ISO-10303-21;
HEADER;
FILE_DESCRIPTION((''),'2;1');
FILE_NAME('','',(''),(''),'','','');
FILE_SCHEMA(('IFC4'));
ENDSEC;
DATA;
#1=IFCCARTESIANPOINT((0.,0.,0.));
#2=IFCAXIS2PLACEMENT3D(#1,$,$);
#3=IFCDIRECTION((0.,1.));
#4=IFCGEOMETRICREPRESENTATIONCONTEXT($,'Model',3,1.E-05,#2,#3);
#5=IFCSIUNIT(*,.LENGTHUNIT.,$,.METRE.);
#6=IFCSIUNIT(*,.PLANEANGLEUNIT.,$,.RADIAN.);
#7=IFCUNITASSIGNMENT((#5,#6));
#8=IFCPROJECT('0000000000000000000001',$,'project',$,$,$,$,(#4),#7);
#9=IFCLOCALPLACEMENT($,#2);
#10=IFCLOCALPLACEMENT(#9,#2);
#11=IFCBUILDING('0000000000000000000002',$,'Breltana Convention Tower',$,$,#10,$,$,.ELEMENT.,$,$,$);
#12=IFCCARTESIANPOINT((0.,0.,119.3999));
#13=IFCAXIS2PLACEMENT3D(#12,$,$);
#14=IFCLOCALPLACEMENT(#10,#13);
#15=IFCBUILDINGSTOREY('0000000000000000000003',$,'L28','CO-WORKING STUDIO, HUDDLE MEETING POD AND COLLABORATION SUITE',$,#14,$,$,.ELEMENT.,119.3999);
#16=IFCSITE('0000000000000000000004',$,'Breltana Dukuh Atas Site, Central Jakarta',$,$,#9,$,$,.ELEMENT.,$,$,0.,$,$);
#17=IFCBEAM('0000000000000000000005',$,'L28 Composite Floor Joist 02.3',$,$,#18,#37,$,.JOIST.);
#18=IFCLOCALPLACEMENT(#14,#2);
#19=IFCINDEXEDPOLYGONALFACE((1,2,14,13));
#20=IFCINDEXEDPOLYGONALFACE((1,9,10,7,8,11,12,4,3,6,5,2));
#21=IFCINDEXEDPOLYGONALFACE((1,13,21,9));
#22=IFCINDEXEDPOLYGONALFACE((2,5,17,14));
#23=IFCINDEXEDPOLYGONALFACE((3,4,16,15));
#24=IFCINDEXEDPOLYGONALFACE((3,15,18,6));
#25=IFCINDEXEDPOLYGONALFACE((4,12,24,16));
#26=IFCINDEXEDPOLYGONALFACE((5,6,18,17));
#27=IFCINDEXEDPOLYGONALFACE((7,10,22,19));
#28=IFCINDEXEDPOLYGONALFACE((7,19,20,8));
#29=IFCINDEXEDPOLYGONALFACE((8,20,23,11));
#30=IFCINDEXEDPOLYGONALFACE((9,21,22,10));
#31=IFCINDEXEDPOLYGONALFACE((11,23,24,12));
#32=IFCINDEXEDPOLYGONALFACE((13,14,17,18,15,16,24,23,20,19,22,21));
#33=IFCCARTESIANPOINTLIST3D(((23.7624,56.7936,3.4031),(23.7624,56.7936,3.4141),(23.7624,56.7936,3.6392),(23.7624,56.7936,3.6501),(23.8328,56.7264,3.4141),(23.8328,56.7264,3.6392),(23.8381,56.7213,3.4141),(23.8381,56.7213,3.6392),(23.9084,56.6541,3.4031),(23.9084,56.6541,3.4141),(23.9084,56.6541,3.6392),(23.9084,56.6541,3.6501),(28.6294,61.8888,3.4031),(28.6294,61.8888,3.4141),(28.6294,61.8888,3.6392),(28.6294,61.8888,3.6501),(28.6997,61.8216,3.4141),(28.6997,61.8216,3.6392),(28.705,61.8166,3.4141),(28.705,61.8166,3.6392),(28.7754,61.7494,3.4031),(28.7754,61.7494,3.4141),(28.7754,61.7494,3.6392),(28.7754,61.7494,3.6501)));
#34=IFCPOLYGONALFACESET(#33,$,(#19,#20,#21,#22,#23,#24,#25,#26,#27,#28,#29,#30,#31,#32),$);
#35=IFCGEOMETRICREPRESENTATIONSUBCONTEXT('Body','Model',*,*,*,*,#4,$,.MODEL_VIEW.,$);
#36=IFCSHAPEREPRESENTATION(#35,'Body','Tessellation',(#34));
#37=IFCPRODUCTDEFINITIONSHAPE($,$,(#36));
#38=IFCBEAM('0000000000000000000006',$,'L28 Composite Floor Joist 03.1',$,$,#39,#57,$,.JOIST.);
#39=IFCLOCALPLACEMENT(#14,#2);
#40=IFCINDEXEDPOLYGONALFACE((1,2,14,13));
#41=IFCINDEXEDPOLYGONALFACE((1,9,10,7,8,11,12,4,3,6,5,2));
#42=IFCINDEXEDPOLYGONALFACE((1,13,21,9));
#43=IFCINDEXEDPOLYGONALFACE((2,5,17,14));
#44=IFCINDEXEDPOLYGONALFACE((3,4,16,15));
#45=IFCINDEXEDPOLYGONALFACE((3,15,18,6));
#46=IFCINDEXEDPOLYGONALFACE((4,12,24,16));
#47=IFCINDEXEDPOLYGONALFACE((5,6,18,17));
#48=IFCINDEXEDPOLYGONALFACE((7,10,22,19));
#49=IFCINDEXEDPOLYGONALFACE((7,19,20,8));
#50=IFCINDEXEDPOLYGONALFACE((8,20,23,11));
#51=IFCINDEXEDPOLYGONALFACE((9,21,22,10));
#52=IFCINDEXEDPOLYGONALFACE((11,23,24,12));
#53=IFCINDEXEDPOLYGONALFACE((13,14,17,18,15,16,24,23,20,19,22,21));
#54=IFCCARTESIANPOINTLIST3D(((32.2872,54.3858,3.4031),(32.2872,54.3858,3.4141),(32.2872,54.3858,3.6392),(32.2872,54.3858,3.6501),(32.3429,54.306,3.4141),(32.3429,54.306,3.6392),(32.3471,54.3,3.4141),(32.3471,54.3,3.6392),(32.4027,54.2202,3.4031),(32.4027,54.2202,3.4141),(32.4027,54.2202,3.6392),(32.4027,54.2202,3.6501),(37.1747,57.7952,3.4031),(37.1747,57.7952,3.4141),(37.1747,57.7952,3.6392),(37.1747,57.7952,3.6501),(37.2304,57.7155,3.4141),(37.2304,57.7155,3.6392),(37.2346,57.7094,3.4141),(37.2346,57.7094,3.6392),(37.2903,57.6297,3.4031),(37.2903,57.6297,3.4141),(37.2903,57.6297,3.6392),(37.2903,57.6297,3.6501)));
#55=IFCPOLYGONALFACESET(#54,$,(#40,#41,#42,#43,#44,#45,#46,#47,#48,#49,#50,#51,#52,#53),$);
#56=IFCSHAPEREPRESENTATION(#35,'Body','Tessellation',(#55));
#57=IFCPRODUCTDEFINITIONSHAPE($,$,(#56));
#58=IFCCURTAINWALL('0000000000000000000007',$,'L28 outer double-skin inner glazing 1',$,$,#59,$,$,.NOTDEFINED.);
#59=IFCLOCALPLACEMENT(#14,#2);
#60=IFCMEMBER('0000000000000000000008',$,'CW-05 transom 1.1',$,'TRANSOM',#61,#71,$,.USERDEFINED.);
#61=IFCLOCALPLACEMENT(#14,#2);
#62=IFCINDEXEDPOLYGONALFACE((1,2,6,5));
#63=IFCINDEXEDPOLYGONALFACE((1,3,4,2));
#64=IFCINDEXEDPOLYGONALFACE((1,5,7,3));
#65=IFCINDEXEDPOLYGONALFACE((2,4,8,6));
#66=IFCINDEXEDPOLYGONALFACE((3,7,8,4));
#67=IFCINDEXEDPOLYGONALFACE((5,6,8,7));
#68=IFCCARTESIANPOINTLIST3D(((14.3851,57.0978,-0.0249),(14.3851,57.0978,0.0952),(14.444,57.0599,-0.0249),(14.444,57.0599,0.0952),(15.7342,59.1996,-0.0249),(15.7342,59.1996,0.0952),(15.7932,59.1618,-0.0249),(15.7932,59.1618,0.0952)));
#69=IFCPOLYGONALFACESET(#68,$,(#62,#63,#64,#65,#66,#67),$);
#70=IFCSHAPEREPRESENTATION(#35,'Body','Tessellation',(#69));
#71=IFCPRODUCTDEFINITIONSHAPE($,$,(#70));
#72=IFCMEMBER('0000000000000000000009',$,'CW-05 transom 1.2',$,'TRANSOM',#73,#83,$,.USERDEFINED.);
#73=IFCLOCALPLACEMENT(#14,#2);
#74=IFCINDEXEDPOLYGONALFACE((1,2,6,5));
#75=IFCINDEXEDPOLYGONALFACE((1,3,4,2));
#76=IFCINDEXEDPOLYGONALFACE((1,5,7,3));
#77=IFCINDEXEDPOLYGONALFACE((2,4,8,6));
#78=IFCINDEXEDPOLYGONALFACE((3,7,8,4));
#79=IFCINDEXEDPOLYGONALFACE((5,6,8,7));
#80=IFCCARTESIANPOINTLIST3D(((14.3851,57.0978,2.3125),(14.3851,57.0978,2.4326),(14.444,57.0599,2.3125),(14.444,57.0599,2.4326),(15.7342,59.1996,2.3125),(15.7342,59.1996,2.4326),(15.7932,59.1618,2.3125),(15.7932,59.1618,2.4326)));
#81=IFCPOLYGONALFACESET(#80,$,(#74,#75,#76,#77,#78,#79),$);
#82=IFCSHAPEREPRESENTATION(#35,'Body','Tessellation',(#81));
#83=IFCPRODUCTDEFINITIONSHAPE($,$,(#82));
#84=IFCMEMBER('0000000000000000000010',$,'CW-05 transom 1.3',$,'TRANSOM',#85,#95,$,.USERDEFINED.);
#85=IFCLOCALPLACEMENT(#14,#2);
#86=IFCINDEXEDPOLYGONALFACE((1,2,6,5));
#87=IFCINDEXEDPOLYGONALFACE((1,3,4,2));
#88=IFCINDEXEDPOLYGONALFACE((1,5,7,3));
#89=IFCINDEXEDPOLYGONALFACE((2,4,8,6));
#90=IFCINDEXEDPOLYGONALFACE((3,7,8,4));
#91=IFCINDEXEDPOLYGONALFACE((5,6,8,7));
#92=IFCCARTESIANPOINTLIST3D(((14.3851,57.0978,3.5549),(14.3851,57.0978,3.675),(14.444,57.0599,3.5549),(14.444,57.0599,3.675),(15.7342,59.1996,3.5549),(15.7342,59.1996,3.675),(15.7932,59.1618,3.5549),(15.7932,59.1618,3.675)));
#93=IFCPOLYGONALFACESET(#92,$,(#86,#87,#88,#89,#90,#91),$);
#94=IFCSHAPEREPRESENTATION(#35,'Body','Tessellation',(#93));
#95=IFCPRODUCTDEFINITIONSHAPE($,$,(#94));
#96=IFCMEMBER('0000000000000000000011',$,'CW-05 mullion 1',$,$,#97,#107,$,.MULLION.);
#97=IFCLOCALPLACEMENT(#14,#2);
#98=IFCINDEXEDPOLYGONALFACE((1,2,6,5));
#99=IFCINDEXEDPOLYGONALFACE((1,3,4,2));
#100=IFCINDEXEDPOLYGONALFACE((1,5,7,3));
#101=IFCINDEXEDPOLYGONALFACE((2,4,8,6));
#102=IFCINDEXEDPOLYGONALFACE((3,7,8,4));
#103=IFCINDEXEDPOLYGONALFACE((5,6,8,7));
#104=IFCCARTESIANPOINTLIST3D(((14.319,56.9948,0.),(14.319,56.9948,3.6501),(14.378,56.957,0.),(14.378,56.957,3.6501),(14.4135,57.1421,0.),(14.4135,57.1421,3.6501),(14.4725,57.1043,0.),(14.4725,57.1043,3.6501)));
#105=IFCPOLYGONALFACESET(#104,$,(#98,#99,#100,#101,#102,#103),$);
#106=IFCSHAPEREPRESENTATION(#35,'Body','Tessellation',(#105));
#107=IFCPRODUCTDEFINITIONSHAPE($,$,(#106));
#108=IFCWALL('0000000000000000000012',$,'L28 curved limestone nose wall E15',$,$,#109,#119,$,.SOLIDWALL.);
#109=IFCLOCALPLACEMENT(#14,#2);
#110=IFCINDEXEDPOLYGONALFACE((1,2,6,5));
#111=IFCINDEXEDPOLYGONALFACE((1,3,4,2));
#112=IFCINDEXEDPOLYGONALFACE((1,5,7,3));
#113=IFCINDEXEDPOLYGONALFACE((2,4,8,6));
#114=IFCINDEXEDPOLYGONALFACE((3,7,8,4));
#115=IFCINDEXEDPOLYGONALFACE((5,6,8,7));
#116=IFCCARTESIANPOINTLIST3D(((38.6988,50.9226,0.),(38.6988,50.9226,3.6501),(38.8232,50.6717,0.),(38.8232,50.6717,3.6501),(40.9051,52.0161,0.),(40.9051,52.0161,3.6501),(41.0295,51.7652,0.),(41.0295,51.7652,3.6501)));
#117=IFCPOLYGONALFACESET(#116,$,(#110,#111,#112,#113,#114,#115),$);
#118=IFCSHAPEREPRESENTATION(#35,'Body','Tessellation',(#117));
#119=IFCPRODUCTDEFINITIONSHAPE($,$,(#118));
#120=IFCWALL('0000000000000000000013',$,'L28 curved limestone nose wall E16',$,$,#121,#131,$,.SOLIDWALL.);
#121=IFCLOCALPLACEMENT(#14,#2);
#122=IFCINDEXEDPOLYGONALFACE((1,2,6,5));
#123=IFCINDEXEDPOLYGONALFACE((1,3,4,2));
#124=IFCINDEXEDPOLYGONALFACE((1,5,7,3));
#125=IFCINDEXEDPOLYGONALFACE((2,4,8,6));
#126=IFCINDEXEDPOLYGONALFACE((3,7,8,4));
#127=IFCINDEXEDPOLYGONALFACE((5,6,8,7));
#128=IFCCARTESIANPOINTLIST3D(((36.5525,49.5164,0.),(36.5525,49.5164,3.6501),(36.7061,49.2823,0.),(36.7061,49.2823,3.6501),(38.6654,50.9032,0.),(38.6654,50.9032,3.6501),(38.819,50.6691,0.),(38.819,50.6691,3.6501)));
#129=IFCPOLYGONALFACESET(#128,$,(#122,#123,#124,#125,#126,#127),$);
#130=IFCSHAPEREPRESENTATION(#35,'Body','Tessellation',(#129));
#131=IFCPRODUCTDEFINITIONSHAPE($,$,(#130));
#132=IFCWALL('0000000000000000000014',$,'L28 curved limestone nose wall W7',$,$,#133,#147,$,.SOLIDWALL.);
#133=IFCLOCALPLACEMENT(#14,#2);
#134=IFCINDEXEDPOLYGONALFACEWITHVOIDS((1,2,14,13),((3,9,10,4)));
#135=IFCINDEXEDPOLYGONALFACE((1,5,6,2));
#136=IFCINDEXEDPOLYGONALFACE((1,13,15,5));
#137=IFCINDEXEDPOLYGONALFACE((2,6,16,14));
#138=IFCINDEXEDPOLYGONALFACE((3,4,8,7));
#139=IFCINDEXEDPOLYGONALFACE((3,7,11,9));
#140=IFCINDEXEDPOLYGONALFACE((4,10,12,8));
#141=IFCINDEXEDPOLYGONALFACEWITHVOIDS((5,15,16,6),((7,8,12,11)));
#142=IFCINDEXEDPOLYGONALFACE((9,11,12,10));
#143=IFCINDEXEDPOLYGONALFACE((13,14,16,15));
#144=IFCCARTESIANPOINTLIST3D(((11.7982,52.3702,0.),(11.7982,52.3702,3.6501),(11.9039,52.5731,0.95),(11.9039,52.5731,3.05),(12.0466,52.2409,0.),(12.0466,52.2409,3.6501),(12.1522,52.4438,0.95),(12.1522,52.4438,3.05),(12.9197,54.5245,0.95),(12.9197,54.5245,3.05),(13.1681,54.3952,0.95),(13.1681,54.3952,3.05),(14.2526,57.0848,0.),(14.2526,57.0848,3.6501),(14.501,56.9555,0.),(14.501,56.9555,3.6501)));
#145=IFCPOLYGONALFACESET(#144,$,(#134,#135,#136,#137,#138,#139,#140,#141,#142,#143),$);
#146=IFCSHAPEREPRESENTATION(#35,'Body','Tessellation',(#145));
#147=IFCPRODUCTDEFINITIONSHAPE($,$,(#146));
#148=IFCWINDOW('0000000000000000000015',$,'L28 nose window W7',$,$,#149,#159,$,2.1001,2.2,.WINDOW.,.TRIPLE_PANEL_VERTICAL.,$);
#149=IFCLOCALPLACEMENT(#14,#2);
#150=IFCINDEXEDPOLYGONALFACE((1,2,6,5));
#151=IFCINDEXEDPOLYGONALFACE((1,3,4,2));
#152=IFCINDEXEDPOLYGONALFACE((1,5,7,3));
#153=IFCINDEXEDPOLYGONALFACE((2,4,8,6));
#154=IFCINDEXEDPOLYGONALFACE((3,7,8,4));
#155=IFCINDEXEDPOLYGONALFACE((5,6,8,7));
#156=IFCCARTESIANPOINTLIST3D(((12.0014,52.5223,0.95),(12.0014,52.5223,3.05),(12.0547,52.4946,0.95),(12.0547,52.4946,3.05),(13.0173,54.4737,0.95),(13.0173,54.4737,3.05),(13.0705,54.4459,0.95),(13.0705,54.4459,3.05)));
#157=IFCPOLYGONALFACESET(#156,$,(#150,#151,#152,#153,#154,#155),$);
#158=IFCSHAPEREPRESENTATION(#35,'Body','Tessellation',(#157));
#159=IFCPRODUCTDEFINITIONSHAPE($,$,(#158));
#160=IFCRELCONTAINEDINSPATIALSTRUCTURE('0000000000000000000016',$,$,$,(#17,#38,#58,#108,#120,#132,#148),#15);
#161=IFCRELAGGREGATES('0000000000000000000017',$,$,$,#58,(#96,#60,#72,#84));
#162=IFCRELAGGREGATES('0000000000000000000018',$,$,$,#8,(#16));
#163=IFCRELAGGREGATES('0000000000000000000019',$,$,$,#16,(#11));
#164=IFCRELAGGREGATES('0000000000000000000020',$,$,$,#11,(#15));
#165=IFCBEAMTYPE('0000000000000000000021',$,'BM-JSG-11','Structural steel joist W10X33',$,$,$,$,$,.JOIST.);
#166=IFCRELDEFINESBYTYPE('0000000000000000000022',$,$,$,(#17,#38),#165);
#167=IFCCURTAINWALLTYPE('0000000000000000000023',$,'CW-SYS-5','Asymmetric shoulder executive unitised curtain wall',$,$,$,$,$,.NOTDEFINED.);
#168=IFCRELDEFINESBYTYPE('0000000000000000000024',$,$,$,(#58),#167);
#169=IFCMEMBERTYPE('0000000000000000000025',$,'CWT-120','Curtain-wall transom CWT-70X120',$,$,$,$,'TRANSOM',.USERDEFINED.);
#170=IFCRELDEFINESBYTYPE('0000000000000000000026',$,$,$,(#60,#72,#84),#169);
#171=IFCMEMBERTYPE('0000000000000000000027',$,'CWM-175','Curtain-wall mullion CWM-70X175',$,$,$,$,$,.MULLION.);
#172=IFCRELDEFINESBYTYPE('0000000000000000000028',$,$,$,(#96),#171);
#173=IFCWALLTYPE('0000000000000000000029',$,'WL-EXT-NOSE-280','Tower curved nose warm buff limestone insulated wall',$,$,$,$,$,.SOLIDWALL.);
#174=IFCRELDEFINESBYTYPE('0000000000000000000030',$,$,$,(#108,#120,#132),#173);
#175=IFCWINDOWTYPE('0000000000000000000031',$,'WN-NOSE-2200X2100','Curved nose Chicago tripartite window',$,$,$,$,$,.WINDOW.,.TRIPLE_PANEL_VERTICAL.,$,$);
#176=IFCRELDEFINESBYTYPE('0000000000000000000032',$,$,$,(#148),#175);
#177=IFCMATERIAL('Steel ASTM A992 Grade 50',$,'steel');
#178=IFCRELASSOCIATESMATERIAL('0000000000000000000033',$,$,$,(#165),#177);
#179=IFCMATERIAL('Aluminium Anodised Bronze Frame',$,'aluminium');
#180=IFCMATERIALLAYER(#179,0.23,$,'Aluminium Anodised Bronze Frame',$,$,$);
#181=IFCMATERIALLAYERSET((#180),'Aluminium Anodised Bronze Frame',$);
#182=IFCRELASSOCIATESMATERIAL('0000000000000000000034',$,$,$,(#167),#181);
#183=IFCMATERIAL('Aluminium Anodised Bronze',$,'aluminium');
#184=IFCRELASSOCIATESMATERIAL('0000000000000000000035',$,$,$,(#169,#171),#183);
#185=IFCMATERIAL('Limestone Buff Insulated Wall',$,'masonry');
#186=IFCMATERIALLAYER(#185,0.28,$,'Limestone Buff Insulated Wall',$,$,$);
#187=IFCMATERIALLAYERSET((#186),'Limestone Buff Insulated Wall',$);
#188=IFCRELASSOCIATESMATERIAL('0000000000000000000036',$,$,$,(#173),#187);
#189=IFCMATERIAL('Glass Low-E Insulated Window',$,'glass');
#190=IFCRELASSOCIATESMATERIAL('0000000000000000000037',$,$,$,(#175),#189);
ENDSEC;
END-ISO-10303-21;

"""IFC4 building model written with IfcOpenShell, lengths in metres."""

from ifc_helpers import new_model, si_unit, direction, frame, frame_2d, origin, origin_2d, place, context, subcontext, project, spatial, rectangle, i_section, extrude, source, transform, mapped, material, layer, layer_set, material_profile, profile_set, type_object, type_shapes, element, fill, aggregate, save


model = new_model("IFC4")

# Units and contexts
model_context = context("Model", 3, precision=1e-05, world=origin(), true_north=direction((0.0, 1.0)))
body_context = subcontext(model_context, "Body", "Model", "MODEL_VIEW")
ifc_project = project(units=[si_unit("LENGTHUNIT", "METRE"), si_unit("PLANEANGLEUNIT", "RADIAN")], contexts=[model_context])

# Site, building, storey
site_placement = place(None, origin())
site = spatial("IfcSite", under=ifc_project, at=site_placement, Name="Breltana Dukuh Atas Site, Central Jakarta", CompositionType="ELEMENT", RefElevation=0.0)
building_placement = place(site_placement, origin())
building = spatial("IfcBuilding", under=site, at=building_placement, Name="Breltana Convention Tower", CompositionType="ELEMENT")
storey_placement = place(building_placement, frame((0.0, 0.0, 119.3999)))
storey = spatial("IfcBuildingStorey", under=building, at=storey_placement, Name="L28", Description="CO-WORKING STUDIO, HUDDLE MEETING POD AND COLLABORATION SUITE", CompositionType="ELEMENT", Elevation=119.3999)

# Beams
ifc_material_1 = material(Name="Steel ASTM A992 Grade 50", Category="steel")
ifc_material_profile_1 = material_profile(ifc_material_1, i_section(OverallWidth=0.2019, OverallDepth=0.2471, WebThickness=0.0073, FlangeThickness=0.011, at=origin_2d()), Name="W10X33")
ifc_profile_set_1 = profile_set([ifc_material_profile_1], Name="Steel ASTM A992 Grade 50")
beam_type_1 = type_object("IfcBeamType", Name="BM-JSG-11", Description="Structural steel joist W10X33", PredefinedType="JOIST", material=ifc_profile_set_1)
shared_shape_1 = source(origin(), body_context, "Body", "SweptSolid", [
    extrude(i_section(OverallWidth=0.2019, OverallDepth=0.2471, WebThickness=0.0073, FlangeThickness=0.011, at=origin_2d()), origin(), (0.0, 0.0, 1.0), 7.0461),
])
beam_1_placement = place(storey_placement, frame((23.8354, 56.7239, 3.5266), z_axis=(0.690723, 0.72312, 0.0), x_axis=(-0.72312, 0.690723, 0.0)))
element("IfcBeam", 1, at=beam_1_placement, inside=storey, type_object=beam_type_1, Name="L28 Composite Floor Joist 02.3", PredefinedType="JOIST", context=body_context, shape_type="MappedRepresentation", body=[
    mapped(shared_shape_1, transform((0.0, 0.0, 0.0), scale=1.0)),
])
shared_shape_2 = source(origin(), body_context, "Body", "SweptSolid", [
    extrude(i_section(OverallWidth=0.2019, OverallDepth=0.2471, WebThickness=0.0073, FlangeThickness=0.011, at=origin_2d()), origin(), (0.0, 0.0, 1.0), 5.9592),
])
beam_2_placement = place(storey_placement, frame((32.345, 54.303, 3.5266), z_axis=(0.82016, 0.572134, 0.0), x_axis=(-0.572134, 0.82016, 0.0)))
element("IfcBeam", 2, at=beam_2_placement, inside=storey, type_object=beam_type_1, Name="L28 Composite Floor Joist 03.1", PredefinedType="JOIST", context=body_context, shape_type="MappedRepresentation", body=[
    mapped(shared_shape_2, transform((0.0, 0.0, 0.0), scale=1.0)),
])

# Curtain wall, members
ifc_material_2 = material(Name="Aluminium Anodised Bronze Frame", Category="aluminium")
ifc_layer_1 = layer(ifc_material_2, 0.23, Name="Aluminium Anodised Bronze Frame")
ifc_layer_set_1 = layer_set([ifc_layer_1], Name="Aluminium Anodised Bronze Frame")
curtain_wall_type = type_object("IfcCurtainWallType", Name="CW-SYS-5", Description="Asymmetric shoulder executive unitised curtain wall", PredefinedType="NOTDEFINED", material=ifc_layer_set_1)
curtain_wall_placement = place(storey_placement, origin())
curtain_wall = element("IfcCurtainWall", 3, at=curtain_wall_placement, inside=storey, type_object=curtain_wall_type, Name="L28 outer double-skin inner glazing 1", PredefinedType="NOTDEFINED")
ifc_material_3 = material(Name="Aluminium Anodised Bronze", Category="aluminium")
ifc_material_profile_2 = material_profile(ifc_material_3, rectangle(XDim=0.0701, YDim=0.1201, at=origin_2d()), Name="CWT-70X120")
ifc_profile_set_2 = profile_set([ifc_material_profile_2], Name="Aluminium Anodised Bronze")
member_type_1 = type_object("IfcMemberType", Name="CWT-120", Description="Curtain-wall transom CWT-70X120", ElementType="TRANSOM", PredefinedType="USERDEFINED", material=ifc_profile_set_2)
shared_shape_3 = source(origin(), body_context, "Body", "SweptSolid", [
    extrude(rectangle(XDim=0.0701, YDim=0.1201, at=origin_2d()), origin(), (0.0, 0.0, 1.0), 2.4976),
])
member_1_placement = place(storey_placement, frame((14.4146, 57.0789, 0.0352), z_axis=(0.540179, 0.84155, 0.0), x_axis=(-0.84155, 0.540179, 0.0)))
member_1 = element("IfcMember", 4, at=member_1_placement, type_object=member_type_1, Name="CW-05 transom 1.1", ObjectType="TRANSOM", PredefinedType="USERDEFINED", context=body_context, shape_type="MappedRepresentation", body=[
    mapped(shared_shape_3, transform((0.0, 0.0, 0.0), scale=1.0)),
])
member_2_placement = place(storey_placement, frame((14.4146, 57.0789, 2.3726), z_axis=(0.540179, 0.84155, 0.0), x_axis=(-0.84155, 0.540179, 0.0)))
member_2 = element("IfcMember", 5, at=member_2_placement, type_object=member_type_1, Name="CW-05 transom 1.2", ObjectType="TRANSOM", PredefinedType="USERDEFINED", context=body_context, shape_type="MappedRepresentation", body=[
    mapped(shared_shape_3, transform((0.0, 0.0, 0.0), scale=1.0)),
])
member_3_placement = place(storey_placement, frame((14.4146, 57.0789, 3.615), z_axis=(0.540179, 0.84155, 0.0), x_axis=(-0.84155, 0.540179, 0.0)))
member_3 = element("IfcMember", 6, at=member_3_placement, type_object=member_type_1, Name="CW-05 transom 1.3", ObjectType="TRANSOM", PredefinedType="USERDEFINED", context=body_context, shape_type="MappedRepresentation", body=[
    mapped(shared_shape_3, transform((0.0, 0.0, 0.0), scale=1.0)),
])
ifc_material_profile_3 = material_profile(ifc_material_3, rectangle(XDim=0.0701, YDim=0.175, at=origin_2d()), Name="CWM-70X175")
ifc_profile_set_3 = profile_set([ifc_material_profile_3], Name="Aluminium Anodised Bronze")
member_type_2 = type_object("IfcMemberType", Name="CWM-175", Description="Curtain-wall mullion CWM-70X175", PredefinedType="MULLION", material=ifc_profile_set_3)
shared_shape_4 = source(origin(), body_context, "Body", "SweptSolid", [
    extrude(rectangle(XDim=0.0701, YDim=0.175, at=origin_2d()), origin(), (0.0, 0.0, 1.0), 3.6501),
])
member_4_placement = place(storey_placement, frame((14.3958, 57.0496, 0.0), z_axis=(0.0, 0.0, 1.0), x_axis=(-0.841552, 0.540177, 0.0)))
member_4 = element("IfcMember", 7, at=member_4_placement, type_object=member_type_2, Name="CW-05 mullion 1", PredefinedType="MULLION", context=body_context, shape_type="MappedRepresentation", body=[
    mapped(shared_shape_4, transform((0.0, 0.0, 0.0), scale=1.0)),
])
aggregate(curtain_wall, [member_4, member_1, member_2, member_3])

# Walls
ifc_material_4 = material(Name="Limestone Buff Insulated Wall", Category="masonry")
ifc_layer_2 = layer(ifc_material_4, 0.28, Name="Limestone Buff Insulated Wall")
ifc_layer_set_2 = layer_set([ifc_layer_2], Name="Limestone Buff Insulated Wall")
wall_type_1 = type_object("IfcWallType", Name="WL-EXT-NOSE-280", Description="Tower curved nose warm buff limestone insulated wall", PredefinedType="SOLIDWALL", material=ifc_layer_set_2)
shared_shape_5 = source(origin(), body_context, "Body", "SweptSolid", [
    extrude(rectangle(XDim=2.4624, YDim=0.28, at=frame_2d((1.2312, 0.0))), origin(), (0.0, 0.0, 1.0), 3.6501),
])
wall_1_placement = place(storey_placement, frame((40.9673, 51.8906, 0.0), z_axis=(0.0, 0.0, 1.0), x_axis=(-0.895988, -0.444078, 0.0)))
element("IfcWall", 8, at=wall_1_placement, inside=storey, type_object=wall_type_1, Name="L28 curved limestone nose wall E15", PredefinedType="SOLIDWALL", context=body_context, shape_type="MappedRepresentation", body=[
    mapped(shared_shape_5, transform((0.0, 0.0, 0.0), scale=1.0)),
])
shared_shape_6 = source(origin(), body_context, "Body", "SweptSolid", [
    extrude(rectangle(XDim=2.5273, YDim=0.28, at=frame_2d((1.2637, 0.0))), origin(), (0.0, 0.0, 1.0), 3.6501),
])
wall_2_placement = place(storey_placement, frame((38.7422, 50.7861, 0.0), z_axis=(0.0, 0.0, 1.0), x_axis=(-0.836012, -0.548711, 0.0)))
element("IfcWall", 9, at=wall_2_placement, inside=storey, type_object=wall_type_1, Name="L28 curved limestone nose wall E16", PredefinedType="SOLIDWALL", context=body_context, shape_type="MappedRepresentation", body=[
    mapped(shared_shape_6, transform((0.0, 0.0, 0.0), scale=1.0)),
])

# Wall, opening, window
shared_shape_7 = source(origin(), body_context, "Body", "SweptSolid", [
    extrude(rectangle(XDim=5.3152, YDim=0.28, at=frame_2d((2.6577, 0.0))), origin(), (0.0, 0.0, 1.0), 3.6501),
])
wall_3_placement = place(storey_placement, frame((11.9224, 52.3054, 0.0), z_axis=(0.0, 0.0, 1.0), x_axis=(0.461761, 0.887005, 0.0)))
wall_3 = element("IfcWall", 10, at=wall_3_placement, inside=storey, type_object=wall_type_1, Name="L28 curved limestone nose wall W7", PredefinedType="SOLIDWALL", context=body_context, shape_type="MappedRepresentation", body=[
    mapped(shared_shape_7, transform((0.0, 0.0, 0.0), scale=1.0)),
])
opening_1_placement = place(wall_3_placement, frame((0.2288, 0.0, 0.95)))
opening_1 = element("IfcOpeningElement", 11, at=opening_1_placement, cuts=wall_3, PredefinedType="OPENING", context=body_context, shape_type="SweptSolid", body=[
    extrude(rectangle(XDim=2.2, YDim=2.1001, at=frame_2d((1.1001, 1.05))), frame((0.0, 0.1499, 0.0), z_axis=(0.0, -1.0, 0.0), x_axis=(1.0, 0.0, 0.0)), (0.0, 0.0, 1.0), 0.3),
])
ifc_material_5 = material(Name="Glass Low-E Insulated Window", Category="glass")
window_type = type_object("IfcWindowType", Name="WN-NOSE-2200X2100", Description="Curved nose Chicago tripartite window", PartitioningType="TRIPLE_PANEL_VERTICAL", PredefinedType="WINDOW", material=ifc_material_5)
shared_shape_8 = source(origin(), body_context, "Body", "SweptSolid", [
    extrude(rectangle(XDim=2.2, YDim=2.1001, at=frame_2d((1.1001, 1.05))), frame((0.0, 0.03, 0.0), z_axis=(0.0, -1.0, 0.0), x_axis=(1.0, 0.0, 0.0)), (0.0, 0.0, 1.0), 0.0601),
])
type_shapes(window_type, [shared_shape_8])
window_placement = place(opening_1_placement, origin())
window = element("IfcWindow", 12, at=window_placement, inside=storey, type_object=window_type, Name="L28 nose window W7", OverallHeight=2.1001, OverallWidth=2.2, PartitioningType="TRIPLE_PANEL_VERTICAL", PredefinedType="WINDOW", context=body_context, shape_type="MappedRepresentation", body=[
    mapped(shared_shape_8, transform((0.0, 0.0, 0.0), scale=1.0)),
])
fill(opening_1, window)

save(model, "model.ifc")
